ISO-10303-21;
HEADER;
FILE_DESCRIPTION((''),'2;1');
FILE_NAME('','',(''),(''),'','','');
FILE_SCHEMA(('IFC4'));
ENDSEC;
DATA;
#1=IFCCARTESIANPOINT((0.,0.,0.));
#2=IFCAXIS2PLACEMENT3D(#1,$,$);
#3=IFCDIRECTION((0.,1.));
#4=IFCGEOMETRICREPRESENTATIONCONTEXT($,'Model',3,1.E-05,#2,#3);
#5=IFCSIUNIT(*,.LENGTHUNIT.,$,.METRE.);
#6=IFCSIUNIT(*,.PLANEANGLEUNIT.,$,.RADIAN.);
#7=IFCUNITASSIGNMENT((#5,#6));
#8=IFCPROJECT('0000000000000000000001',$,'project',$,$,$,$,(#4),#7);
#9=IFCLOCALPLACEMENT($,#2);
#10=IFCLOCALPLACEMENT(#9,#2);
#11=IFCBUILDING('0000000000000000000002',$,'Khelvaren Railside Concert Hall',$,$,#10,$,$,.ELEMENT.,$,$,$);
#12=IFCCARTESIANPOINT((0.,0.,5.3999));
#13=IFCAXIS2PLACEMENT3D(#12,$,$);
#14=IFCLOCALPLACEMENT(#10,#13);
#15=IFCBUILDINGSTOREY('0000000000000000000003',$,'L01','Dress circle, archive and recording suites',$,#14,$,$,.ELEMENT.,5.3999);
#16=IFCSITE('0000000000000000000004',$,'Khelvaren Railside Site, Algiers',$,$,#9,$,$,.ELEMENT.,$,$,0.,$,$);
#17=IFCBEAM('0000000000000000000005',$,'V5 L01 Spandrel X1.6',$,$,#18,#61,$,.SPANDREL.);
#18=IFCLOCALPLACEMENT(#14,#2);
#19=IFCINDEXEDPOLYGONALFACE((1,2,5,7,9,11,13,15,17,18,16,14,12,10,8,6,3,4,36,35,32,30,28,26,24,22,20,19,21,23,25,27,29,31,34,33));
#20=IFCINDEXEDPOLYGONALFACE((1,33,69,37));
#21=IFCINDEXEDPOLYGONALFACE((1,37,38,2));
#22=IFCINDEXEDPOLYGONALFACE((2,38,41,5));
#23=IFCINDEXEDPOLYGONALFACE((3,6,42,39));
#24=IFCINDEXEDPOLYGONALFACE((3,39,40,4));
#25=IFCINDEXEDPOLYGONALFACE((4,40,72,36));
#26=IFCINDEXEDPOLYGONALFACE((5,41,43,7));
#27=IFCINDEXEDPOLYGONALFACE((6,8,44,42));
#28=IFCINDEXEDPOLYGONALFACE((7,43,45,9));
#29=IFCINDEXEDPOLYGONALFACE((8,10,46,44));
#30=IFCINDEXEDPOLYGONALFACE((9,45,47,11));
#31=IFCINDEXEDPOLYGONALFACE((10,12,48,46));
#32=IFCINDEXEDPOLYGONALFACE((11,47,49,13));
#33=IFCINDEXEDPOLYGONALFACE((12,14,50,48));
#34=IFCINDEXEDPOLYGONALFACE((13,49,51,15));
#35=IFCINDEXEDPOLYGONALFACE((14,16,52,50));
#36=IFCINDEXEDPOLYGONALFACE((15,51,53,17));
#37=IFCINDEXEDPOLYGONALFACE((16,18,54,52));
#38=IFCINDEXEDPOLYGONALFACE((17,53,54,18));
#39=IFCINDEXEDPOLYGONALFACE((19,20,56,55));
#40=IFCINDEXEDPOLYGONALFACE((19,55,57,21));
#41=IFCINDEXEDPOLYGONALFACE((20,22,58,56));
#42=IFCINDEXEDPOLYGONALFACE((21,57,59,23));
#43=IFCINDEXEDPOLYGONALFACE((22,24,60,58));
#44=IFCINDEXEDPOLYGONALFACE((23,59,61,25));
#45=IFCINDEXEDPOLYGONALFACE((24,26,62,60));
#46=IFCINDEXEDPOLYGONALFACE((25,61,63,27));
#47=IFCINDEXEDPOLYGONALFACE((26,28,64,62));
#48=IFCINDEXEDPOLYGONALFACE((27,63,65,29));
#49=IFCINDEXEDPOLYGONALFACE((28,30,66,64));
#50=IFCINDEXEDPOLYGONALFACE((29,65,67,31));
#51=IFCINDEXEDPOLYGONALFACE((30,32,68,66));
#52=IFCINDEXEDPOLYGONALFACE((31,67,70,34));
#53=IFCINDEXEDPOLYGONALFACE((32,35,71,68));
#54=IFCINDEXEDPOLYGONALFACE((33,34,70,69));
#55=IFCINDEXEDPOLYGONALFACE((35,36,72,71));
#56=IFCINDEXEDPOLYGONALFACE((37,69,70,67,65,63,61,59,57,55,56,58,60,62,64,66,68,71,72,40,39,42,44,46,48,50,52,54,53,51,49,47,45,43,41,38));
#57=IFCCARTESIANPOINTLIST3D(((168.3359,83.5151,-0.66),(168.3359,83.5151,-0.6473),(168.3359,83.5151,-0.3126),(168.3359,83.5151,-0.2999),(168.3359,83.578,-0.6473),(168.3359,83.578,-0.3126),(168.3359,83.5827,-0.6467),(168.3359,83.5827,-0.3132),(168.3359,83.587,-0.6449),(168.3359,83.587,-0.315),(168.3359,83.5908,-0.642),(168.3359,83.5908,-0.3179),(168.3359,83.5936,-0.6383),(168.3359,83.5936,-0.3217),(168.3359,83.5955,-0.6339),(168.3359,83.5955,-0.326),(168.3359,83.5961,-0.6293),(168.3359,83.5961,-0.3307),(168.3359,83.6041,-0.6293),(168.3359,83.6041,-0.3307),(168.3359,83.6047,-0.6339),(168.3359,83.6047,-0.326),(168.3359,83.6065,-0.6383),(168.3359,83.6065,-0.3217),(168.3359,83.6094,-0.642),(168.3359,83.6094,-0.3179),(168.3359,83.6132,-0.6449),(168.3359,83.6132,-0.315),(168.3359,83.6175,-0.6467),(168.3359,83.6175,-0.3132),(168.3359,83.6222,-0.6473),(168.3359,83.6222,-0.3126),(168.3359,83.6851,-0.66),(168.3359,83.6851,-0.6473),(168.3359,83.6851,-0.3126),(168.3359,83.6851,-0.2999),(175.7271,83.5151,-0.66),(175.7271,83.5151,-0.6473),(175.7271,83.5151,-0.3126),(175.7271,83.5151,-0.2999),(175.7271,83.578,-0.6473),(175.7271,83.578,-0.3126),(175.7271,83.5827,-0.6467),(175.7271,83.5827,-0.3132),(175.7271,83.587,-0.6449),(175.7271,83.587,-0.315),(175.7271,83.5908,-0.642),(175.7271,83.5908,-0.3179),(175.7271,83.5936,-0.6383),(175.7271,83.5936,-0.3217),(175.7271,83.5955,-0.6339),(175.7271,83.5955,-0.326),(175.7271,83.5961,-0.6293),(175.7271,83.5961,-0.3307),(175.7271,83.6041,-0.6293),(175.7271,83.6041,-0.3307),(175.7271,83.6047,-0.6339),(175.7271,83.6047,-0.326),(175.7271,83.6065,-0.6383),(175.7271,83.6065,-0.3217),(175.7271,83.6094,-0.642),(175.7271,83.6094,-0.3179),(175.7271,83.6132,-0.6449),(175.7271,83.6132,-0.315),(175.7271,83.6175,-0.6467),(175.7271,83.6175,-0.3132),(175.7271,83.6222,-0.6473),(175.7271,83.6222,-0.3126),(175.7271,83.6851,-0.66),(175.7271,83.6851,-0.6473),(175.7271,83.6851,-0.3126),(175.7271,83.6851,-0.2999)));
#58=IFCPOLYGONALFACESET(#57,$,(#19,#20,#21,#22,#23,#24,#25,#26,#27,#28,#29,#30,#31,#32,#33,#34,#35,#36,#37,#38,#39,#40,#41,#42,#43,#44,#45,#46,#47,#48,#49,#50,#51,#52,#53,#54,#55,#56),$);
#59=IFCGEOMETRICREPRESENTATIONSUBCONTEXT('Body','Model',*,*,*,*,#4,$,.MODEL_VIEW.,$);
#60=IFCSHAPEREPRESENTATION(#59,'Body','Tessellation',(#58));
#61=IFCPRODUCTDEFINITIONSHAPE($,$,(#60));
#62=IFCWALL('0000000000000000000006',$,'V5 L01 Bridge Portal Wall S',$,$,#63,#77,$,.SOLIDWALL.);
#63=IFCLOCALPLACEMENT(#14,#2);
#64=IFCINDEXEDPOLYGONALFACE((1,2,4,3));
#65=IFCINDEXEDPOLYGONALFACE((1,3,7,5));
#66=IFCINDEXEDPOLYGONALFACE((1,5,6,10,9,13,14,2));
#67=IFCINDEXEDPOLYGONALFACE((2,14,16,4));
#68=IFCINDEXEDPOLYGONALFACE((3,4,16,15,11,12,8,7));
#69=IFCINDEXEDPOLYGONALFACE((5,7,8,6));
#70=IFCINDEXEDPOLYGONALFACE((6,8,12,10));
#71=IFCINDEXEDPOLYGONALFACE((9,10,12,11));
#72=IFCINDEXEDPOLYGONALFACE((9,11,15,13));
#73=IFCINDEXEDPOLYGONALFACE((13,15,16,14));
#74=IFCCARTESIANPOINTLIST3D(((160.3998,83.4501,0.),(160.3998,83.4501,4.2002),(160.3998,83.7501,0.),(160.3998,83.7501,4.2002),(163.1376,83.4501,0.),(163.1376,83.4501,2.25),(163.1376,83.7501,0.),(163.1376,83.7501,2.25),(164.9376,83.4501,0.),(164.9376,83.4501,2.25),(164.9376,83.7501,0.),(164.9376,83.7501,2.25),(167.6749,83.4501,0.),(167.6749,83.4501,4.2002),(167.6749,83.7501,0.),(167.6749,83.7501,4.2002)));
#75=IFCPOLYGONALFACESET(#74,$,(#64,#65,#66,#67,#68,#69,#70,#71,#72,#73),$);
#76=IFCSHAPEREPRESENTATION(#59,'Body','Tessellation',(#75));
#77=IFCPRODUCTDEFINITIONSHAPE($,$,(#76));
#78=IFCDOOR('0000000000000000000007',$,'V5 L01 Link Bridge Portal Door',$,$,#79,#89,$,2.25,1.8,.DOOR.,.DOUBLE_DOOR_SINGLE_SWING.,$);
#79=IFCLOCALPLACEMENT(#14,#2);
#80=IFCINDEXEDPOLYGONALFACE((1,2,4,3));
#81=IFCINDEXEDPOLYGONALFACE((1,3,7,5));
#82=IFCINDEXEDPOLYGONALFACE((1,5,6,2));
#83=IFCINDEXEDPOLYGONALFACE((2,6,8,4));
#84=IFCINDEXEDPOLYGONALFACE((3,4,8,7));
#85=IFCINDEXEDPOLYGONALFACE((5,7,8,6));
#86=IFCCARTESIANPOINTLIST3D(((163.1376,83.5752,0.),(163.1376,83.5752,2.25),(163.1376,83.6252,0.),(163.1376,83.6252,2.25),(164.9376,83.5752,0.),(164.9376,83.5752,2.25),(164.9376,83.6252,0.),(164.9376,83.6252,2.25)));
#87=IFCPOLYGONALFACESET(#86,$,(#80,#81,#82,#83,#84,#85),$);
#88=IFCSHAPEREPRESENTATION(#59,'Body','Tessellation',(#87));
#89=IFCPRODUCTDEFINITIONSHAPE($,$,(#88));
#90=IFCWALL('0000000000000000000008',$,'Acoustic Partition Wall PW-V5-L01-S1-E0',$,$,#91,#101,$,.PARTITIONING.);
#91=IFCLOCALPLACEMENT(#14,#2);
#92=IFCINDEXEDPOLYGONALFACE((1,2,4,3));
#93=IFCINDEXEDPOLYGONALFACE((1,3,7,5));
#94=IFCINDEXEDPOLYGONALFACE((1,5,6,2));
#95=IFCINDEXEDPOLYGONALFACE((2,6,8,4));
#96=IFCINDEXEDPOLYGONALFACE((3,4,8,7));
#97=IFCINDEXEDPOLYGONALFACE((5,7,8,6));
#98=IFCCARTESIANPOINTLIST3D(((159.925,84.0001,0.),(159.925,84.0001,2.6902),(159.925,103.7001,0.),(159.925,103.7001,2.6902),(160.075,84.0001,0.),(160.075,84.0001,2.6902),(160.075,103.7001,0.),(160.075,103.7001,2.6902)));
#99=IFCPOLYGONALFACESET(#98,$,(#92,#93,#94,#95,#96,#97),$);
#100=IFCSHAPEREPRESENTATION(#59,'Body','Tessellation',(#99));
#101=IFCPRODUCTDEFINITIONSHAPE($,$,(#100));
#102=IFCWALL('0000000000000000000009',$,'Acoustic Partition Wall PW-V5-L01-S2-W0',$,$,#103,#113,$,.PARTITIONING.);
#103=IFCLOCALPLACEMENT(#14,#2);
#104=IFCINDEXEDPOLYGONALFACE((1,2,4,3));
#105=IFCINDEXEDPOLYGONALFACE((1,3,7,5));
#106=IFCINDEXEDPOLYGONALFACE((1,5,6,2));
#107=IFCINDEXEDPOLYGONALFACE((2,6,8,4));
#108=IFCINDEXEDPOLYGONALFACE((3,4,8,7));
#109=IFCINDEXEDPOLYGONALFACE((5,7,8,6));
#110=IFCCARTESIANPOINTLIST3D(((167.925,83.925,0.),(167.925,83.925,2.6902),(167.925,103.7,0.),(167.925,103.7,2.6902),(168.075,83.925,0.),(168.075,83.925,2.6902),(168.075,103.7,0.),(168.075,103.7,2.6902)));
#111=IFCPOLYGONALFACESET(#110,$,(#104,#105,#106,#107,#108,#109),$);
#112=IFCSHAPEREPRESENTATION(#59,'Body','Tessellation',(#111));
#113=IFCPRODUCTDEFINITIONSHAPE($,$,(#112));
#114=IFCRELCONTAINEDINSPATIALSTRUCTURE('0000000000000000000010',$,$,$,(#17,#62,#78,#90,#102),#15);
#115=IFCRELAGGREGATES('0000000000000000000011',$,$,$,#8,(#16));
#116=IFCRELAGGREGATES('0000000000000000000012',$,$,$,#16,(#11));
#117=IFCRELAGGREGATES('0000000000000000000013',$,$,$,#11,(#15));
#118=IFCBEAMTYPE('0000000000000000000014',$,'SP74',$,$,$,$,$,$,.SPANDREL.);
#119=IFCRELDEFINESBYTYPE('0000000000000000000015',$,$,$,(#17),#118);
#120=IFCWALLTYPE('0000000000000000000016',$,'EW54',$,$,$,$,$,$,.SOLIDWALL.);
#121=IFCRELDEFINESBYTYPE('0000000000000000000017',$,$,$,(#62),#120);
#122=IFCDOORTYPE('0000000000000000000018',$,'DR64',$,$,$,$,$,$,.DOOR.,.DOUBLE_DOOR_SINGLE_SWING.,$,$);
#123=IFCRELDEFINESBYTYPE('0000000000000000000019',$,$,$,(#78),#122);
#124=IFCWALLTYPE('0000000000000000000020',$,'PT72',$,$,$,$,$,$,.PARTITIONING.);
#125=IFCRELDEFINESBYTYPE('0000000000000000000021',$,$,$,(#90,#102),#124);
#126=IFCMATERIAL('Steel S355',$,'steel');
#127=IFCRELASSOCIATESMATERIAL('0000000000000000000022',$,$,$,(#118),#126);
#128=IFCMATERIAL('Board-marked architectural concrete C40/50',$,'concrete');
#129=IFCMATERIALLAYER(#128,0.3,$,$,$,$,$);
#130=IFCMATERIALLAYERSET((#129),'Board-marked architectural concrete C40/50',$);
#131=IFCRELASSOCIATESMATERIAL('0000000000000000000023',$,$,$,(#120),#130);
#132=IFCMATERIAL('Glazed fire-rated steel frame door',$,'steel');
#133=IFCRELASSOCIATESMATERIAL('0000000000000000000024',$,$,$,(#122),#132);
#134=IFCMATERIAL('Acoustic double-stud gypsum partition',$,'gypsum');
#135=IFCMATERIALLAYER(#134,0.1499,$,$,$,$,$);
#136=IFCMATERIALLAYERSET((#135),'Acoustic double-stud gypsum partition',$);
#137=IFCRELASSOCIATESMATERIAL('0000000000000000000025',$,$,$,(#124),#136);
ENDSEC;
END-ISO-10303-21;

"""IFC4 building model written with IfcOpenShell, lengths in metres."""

from ifc_helpers import new_model, si_unit, direction, frame, frame_2d, origin, origin_2d, place, context, subcontext, project, spatial, rectangle, i_section, extrude, material, layer, layer_set, material_profile, profile_set, type_object, element, fill, save


model = new_model("IFC4")

# Units and contexts
model_context = context("Model", 3, precision=1e-05, world=origin(), true_north=direction((0.0, 1.0)))
body_context = subcontext(model_context, "Body", "Model", "MODEL_VIEW")
ifc_project = project(units=[si_unit("LENGTHUNIT", "METRE"), si_unit("PLANEANGLEUNIT", "RADIAN")], contexts=[model_context])

# Site, building, storey
site_placement = place(None, origin())
site = spatial("IfcSite", under=ifc_project, at=site_placement, Name="Khelvaren Railside Site, Algiers", CompositionType="ELEMENT", RefElevation=0.0)
building_placement = place(site_placement, origin())
building = spatial("IfcBuilding", under=site, at=building_placement, Name="Khelvaren Railside Concert Hall", CompositionType="ELEMENT")
storey_placement = place(building_placement, frame((0.0, 0.0, 5.3999)))
storey = spatial("IfcBuildingStorey", under=building, at=storey_placement, Name="L01", Description="Dress circle, archive and recording suites", CompositionType="ELEMENT", Elevation=5.3999)

# Shared definitions
ifc_material_1 = material(Name="Steel S355", Category="steel")

# Beam
ifc_material_profile_1 = material_profile(ifc_material_1, i_section(OverallWidth=0.1699, OverallDepth=0.3601, WebThickness=0.0081, FlangeThickness=0.0127, FilletRadius=0.0181, at=origin_2d()), Name="IPE 360")
ifc_profile_set_1 = profile_set([ifc_material_profile_1], Name="Steel S355")
beam_type_1 = type_object("IfcBeamType", Name="SP74", PredefinedType="SPANDREL", material=ifc_profile_set_1)
beam_1_placement = place(storey_placement, frame((168.3359, 83.6001, -0.48), z_axis=(1.0, 0.0, 0.0), x_axis=(0.0, 1.0, 0.0)))
element("IfcBeam", 1, at=beam_1_placement, inside=storey, type_object=beam_type_1, Name="V5 L01 Spandrel X1.6", PredefinedType="SPANDREL", context=body_context, shape_type="SweptSolid", body=[
    extrude(i_section(OverallWidth=0.1699, OverallDepth=0.3601, WebThickness=0.0081, FlangeThickness=0.0127, FilletRadius=0.0181, at=origin_2d()), origin(), (0.0, 0.0, 1.0), 7.3911),
])

# Wall, opening, door
ifc_material_2 = material(Name="Board-marked architectural concrete C40/50", Category="concrete")
ifc_layer_1 = layer(ifc_material_2, 0.3)
ifc_layer_set_1 = layer_set([ifc_layer_1], Name="Board-marked architectural concrete C40/50")
wall_type_1 = type_object("IfcWallType", Name="EW54", PredefinedType="SOLIDWALL", material=ifc_layer_set_1)
wall_1_placement = place(storey_placement, frame((167.675, 83.6001, 0.0), z_axis=(0.0, 0.0, 1.0), x_axis=(-1.0, 0.0, 0.0)))
wall_1 = element("IfcWall", 2, at=wall_1_placement, inside=storey, type_object=wall_type_1, Name="V5 L01 Bridge Portal Wall S", PredefinedType="SOLIDWALL", context=body_context, shape_type="SweptSolid", body=[
    extrude(rectangle(XDim=7.2751, YDim=0.3, at=frame_2d((3.6377, 0.0))), origin(), (0.0, 0.0, 1.0), 4.2002),
])
opening_placement = place(wall_1_placement, frame((2.7375, 0.0, 0.0)))
opening = element("IfcOpeningElement", 3, at=opening_placement, cuts=wall_1, PredefinedType="OPENING", context=body_context, shape_type="SweptSolid", body=[
    extrude(rectangle(XDim=1.8, YDim=2.25, at=frame_2d((0.8999, 1.125))), frame((0.0, 0.1599, 0.0), z_axis=(0.0, -1.0, 0.0), x_axis=(1.0, 0.0, 0.0)), (0.0, 0.0, 1.0), 0.3201),
])
ifc_material_3 = material(Name="Glazed fire-rated steel frame door", Category="steel")
door_type = type_object("IfcDoorType", Name="DR64", OperationType="DOUBLE_DOOR_SINGLE_SWING", PredefinedType="DOOR", material=ifc_material_3)
door_placement = place(opening_placement, origin())
door = element("IfcDoor", 4, at=door_placement, inside=storey, type_object=door_type, Name="V5 L01 Link Bridge Portal Door", OperationType="DOUBLE_DOOR_SINGLE_SWING", OverallHeight=2.25, OverallWidth=1.8, PredefinedType="DOOR", context=body_context, shape_type="SweptSolid", body=[
    extrude(rectangle(XDim=1.8, YDim=2.25, at=frame_2d((0.8999, 1.125))), frame((0.0, 0.0249, 0.0), z_axis=(0.0, -1.0, 0.0), x_axis=(1.0, 0.0, 0.0)), (0.0, 0.0, 1.0), 0.05),
])
fill(opening, door)

# Walls
ifc_material_4 = material(Name="Acoustic double-stud gypsum partition", Category="gypsum")
ifc_layer_2 = layer(ifc_material_4, 0.1499)
ifc_layer_set_2 = layer_set([ifc_layer_2], Name="Acoustic double-stud gypsum partition")
wall_type_2 = type_object("IfcWallType", Name="PT72", PredefinedType="PARTITIONING", material=ifc_layer_set_2)
wall_2_placement = place(storey_placement, frame((160.0, 84.0, 0.0), z_axis=(0.0, 0.0, 1.0), x_axis=(0.0, 1.0, 0.0)))
element("IfcWall", 5, at=wall_2_placement, inside=storey, type_object=wall_type_2, Name="Acoustic Partition Wall PW-V5-L01-S1-E0", PredefinedType="PARTITIONING", context=body_context, shape_type="SweptSolid", body=[
    extrude(rectangle(XDim=19.7, YDim=0.1499, at=frame_2d((9.8501, 0.0))), origin(), (0.0, 0.0, 1.0), 2.6902),
])
wall_3_placement = place(storey_placement, frame((168.0, 83.925, 0.0), z_axis=(0.0, 0.0, 1.0), x_axis=(0.0, 1.0, 0.0)))
element("IfcWall", 6, at=wall_3_placement, inside=storey, type_object=wall_type_2, Name="Acoustic Partition Wall PW-V5-L01-S2-W0", PredefinedType="PARTITIONING", context=body_context, shape_type="SweptSolid", body=[
    extrude(rectangle(XDim=19.7749, YDim=0.1499, at=frame_2d((9.8875, 0.0))), origin(), (0.0, 0.0, 1.0), 2.6902),
])

save(model, "model.ifc")
